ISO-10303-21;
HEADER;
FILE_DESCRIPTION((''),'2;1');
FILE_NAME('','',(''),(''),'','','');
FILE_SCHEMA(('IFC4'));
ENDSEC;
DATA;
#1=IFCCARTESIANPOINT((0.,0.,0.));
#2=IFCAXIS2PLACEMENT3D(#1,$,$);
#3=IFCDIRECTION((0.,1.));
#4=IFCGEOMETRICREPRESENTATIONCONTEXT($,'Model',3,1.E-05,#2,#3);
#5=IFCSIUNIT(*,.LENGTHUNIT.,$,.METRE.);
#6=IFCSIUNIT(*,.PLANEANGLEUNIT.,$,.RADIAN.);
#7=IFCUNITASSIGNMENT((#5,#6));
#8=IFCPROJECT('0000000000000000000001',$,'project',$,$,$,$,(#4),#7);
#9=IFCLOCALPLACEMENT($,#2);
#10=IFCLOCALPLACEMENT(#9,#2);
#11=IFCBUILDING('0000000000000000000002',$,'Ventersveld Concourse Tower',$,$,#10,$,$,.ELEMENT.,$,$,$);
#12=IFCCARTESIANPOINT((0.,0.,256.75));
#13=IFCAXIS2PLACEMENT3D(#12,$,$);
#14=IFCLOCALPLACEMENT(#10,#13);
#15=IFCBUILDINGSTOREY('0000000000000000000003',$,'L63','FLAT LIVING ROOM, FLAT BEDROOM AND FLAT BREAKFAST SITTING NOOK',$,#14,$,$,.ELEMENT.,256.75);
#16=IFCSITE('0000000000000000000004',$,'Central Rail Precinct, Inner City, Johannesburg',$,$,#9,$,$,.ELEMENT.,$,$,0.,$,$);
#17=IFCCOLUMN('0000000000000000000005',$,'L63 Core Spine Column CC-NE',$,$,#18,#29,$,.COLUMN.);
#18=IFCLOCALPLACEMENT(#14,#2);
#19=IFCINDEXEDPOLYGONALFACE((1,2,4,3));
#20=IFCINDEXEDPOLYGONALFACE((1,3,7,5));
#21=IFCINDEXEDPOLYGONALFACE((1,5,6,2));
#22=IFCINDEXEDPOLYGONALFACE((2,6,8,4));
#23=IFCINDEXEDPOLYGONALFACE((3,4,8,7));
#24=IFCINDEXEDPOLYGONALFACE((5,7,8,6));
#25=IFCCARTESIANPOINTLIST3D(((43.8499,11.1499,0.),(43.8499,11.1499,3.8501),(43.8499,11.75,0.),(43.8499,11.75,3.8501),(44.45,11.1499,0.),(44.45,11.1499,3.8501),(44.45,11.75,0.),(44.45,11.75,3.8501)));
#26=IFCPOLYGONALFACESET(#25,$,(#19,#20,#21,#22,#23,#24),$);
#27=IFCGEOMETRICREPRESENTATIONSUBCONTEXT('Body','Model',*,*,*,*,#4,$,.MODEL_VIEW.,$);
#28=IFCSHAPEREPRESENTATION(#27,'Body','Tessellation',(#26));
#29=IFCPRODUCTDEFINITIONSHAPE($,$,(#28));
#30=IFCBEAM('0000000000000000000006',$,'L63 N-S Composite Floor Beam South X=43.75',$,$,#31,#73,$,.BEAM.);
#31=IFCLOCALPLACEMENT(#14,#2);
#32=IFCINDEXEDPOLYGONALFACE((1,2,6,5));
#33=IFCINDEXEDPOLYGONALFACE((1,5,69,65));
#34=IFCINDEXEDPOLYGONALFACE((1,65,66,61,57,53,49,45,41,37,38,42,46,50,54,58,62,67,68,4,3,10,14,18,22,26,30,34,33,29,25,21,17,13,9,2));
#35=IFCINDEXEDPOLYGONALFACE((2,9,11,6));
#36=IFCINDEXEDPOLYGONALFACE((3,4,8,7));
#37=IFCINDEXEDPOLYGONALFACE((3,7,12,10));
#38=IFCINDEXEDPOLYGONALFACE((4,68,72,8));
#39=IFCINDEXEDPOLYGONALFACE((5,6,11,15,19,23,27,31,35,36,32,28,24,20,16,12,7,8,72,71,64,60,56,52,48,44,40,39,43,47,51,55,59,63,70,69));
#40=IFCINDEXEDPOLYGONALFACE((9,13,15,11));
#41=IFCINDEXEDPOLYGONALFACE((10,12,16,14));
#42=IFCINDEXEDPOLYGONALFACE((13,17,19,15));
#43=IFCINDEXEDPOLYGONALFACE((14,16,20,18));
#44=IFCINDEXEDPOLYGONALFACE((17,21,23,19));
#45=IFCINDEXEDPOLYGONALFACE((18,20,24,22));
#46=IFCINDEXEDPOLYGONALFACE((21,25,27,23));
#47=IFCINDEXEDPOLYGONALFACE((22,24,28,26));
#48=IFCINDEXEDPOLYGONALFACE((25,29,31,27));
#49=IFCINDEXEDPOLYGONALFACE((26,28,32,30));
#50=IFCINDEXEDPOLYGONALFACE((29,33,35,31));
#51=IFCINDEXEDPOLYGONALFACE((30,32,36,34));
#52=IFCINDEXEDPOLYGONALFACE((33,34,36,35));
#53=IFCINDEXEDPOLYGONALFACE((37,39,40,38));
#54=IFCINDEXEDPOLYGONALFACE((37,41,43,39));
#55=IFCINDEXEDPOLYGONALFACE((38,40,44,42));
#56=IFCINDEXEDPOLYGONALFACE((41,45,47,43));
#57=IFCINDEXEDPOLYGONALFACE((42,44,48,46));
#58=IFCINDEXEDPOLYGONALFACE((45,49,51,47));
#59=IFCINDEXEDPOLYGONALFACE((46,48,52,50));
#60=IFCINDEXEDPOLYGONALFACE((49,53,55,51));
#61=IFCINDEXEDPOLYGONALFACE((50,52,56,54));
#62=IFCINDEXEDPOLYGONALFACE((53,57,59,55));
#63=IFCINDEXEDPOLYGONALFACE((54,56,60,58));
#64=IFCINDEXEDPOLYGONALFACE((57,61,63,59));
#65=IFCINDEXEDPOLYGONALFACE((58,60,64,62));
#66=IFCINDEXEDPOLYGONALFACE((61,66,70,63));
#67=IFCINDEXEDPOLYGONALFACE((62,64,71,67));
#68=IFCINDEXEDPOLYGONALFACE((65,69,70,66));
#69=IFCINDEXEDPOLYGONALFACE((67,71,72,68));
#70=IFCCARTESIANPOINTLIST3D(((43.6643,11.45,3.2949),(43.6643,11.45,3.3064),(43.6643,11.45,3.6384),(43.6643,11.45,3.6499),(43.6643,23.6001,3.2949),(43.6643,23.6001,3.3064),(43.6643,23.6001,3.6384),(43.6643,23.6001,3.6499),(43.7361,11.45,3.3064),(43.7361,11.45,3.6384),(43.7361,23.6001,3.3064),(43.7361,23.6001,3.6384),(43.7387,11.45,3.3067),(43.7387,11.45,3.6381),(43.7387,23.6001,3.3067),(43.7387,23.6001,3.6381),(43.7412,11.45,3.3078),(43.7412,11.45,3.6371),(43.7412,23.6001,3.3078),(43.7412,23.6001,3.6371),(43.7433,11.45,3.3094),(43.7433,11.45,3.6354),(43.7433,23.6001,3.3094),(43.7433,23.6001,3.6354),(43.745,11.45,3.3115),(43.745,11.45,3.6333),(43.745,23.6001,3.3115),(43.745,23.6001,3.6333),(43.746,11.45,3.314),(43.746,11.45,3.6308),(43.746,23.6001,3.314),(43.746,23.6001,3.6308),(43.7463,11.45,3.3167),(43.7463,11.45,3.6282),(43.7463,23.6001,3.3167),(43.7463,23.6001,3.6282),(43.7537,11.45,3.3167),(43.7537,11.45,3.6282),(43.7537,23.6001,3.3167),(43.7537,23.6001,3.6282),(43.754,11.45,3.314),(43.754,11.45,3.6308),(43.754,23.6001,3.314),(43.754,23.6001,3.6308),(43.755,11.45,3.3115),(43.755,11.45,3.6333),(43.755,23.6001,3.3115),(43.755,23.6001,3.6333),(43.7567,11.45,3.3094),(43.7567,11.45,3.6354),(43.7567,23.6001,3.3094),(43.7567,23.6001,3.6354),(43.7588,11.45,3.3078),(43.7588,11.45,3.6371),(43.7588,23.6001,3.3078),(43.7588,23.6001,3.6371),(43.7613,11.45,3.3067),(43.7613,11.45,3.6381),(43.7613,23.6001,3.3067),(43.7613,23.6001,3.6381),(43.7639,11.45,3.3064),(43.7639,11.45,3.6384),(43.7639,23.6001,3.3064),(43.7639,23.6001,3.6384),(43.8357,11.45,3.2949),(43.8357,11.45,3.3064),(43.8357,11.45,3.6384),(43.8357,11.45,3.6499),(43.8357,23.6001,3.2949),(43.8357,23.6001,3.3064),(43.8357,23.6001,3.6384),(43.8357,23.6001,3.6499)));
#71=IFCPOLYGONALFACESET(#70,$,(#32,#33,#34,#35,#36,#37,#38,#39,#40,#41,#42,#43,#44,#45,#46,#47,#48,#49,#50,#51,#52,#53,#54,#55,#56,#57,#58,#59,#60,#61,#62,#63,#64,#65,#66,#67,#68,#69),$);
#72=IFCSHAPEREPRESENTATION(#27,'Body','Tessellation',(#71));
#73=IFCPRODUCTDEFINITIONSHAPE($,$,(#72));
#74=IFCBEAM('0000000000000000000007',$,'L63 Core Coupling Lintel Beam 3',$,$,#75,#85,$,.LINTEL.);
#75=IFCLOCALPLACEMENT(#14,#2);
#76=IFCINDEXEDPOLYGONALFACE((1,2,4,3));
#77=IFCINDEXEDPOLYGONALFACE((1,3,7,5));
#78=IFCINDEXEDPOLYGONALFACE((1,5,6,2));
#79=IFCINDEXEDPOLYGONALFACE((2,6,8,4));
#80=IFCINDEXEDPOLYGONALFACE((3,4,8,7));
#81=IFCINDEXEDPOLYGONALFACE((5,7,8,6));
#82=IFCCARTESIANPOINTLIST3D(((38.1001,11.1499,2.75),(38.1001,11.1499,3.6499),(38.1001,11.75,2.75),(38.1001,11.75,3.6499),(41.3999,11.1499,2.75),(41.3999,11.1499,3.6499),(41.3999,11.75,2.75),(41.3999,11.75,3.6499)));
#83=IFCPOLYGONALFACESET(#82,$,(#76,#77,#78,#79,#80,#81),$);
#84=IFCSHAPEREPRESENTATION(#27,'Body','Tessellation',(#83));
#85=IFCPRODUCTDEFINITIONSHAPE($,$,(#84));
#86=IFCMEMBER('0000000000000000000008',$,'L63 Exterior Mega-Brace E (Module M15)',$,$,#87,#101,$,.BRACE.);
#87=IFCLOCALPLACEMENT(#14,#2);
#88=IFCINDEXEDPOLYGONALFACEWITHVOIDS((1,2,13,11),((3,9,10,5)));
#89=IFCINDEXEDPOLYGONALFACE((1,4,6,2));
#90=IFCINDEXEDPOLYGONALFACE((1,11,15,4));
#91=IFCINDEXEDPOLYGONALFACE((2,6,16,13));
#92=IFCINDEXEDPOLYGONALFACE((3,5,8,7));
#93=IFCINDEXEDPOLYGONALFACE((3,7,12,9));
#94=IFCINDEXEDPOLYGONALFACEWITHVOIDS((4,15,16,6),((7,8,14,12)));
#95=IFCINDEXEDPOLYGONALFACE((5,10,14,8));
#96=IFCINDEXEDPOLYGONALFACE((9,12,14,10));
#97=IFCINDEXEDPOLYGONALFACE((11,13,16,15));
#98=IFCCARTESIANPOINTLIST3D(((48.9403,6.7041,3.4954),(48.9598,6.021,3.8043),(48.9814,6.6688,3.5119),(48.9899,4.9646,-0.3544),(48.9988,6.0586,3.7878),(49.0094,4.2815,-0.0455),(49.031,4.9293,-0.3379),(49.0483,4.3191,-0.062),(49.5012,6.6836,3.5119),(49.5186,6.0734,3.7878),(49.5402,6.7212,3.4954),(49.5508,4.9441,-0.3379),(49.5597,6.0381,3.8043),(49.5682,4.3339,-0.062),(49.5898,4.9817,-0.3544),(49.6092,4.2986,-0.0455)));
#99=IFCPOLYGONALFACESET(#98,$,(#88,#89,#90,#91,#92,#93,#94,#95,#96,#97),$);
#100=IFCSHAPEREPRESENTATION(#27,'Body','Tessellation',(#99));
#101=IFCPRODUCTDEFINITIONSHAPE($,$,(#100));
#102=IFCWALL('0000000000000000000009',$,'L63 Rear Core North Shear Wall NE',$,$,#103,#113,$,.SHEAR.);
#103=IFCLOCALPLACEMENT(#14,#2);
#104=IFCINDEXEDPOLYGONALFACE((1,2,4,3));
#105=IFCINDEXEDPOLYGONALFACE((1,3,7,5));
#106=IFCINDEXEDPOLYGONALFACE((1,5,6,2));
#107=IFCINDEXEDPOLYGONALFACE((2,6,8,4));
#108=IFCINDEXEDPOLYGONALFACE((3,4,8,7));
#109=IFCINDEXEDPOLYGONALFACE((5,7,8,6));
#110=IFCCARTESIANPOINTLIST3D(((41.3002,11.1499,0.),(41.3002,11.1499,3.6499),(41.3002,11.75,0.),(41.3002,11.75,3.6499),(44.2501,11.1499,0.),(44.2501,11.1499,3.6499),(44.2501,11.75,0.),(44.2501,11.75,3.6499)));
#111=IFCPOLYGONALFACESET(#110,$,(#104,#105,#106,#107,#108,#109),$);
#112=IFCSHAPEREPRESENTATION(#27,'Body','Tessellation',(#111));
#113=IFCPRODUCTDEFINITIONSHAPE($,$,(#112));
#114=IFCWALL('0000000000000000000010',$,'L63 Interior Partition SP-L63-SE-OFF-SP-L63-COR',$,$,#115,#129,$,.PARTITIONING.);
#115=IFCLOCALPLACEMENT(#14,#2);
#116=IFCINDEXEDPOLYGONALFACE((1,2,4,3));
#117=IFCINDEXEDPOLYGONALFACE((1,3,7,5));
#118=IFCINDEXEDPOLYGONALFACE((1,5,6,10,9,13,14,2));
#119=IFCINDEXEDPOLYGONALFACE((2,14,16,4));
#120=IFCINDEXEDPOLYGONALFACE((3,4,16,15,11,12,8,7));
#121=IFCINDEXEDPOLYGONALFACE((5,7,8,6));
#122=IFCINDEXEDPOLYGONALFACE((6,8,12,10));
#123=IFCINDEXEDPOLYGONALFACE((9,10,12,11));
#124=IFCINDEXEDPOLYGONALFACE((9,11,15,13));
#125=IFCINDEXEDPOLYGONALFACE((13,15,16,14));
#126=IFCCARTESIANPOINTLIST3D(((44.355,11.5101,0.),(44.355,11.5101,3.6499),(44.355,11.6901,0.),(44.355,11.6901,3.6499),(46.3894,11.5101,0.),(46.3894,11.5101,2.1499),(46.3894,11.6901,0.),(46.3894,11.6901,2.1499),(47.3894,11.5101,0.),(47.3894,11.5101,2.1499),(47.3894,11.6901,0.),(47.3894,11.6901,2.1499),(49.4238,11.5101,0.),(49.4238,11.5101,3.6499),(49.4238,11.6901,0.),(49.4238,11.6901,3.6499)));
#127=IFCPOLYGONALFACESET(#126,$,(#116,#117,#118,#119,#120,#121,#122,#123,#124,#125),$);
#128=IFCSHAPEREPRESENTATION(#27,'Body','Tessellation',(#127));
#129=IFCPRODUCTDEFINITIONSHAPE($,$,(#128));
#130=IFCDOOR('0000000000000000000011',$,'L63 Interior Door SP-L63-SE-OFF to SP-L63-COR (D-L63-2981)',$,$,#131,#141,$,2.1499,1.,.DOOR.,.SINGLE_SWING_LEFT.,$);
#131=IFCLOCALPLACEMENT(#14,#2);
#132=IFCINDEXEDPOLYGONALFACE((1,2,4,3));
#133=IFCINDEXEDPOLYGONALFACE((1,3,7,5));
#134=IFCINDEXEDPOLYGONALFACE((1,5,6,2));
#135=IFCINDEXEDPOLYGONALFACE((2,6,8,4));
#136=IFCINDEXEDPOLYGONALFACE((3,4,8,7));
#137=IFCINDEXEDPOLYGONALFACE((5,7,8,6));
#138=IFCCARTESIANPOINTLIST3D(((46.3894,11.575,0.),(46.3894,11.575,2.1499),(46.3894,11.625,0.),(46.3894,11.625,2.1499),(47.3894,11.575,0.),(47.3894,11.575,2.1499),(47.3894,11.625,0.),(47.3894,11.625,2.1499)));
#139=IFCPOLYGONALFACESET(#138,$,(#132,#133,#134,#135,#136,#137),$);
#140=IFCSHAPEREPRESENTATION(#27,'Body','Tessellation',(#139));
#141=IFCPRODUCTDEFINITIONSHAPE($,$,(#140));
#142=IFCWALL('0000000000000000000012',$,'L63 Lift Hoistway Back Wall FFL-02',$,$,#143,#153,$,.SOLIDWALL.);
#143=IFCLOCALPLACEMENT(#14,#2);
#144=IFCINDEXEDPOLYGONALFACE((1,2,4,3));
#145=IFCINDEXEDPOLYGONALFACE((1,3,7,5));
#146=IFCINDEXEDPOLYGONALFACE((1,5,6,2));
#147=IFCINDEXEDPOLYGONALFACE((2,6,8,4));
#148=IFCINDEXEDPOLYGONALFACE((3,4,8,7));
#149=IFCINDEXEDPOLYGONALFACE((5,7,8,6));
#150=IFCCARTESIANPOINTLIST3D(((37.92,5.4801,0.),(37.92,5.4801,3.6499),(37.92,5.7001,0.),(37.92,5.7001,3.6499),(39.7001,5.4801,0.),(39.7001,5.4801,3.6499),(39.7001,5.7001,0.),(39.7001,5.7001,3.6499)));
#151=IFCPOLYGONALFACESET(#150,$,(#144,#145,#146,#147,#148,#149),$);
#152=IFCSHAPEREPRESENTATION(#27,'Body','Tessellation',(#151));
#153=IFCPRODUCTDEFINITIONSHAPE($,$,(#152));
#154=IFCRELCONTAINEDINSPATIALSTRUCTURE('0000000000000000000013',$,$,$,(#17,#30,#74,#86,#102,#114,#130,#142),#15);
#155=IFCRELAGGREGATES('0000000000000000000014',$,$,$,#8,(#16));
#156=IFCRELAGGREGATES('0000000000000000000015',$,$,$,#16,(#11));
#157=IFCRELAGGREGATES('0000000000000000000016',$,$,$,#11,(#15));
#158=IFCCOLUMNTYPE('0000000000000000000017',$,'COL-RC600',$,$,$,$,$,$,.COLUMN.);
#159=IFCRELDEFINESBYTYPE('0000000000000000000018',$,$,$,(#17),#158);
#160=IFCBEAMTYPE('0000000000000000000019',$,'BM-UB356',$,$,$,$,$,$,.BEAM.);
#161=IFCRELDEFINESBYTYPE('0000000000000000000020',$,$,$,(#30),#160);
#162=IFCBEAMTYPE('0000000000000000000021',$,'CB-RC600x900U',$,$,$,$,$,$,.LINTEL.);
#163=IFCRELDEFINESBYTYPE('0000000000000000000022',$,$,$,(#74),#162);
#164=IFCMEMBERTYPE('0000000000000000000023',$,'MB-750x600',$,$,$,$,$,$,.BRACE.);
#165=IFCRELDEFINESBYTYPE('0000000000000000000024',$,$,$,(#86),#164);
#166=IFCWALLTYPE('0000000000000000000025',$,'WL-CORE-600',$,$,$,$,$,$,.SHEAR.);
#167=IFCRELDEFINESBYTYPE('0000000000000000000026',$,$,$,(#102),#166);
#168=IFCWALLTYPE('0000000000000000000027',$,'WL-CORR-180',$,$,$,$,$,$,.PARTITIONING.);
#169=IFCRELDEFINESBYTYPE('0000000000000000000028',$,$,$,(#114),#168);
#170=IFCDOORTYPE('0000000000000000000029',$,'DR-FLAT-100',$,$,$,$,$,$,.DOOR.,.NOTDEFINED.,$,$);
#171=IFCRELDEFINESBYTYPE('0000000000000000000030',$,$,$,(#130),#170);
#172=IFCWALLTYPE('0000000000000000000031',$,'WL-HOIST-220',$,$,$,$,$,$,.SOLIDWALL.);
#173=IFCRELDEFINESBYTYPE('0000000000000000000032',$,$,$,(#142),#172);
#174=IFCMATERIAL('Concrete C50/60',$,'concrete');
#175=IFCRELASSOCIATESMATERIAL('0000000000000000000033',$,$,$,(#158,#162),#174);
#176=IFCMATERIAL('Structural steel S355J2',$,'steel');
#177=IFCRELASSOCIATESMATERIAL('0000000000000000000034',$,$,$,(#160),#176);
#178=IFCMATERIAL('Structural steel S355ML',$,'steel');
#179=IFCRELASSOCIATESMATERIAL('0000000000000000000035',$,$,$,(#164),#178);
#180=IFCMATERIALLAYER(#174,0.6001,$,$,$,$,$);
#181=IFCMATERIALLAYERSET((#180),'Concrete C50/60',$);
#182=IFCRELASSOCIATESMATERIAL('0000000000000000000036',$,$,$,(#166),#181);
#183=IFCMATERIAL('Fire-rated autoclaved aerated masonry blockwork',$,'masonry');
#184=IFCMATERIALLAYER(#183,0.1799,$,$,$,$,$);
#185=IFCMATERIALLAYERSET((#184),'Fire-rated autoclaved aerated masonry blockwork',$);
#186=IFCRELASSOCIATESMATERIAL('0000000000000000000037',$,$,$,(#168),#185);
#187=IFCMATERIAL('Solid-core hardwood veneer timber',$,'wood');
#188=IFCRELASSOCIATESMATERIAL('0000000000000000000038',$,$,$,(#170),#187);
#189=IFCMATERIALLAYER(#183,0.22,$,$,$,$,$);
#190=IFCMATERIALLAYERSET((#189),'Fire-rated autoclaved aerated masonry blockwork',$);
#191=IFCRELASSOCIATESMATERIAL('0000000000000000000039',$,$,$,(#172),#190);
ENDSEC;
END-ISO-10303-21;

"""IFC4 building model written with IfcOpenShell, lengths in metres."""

from ifc_helpers import new_model, si_unit, direction, frame, frame_2d, origin, origin_2d, place, context, subcontext, project, spatial, rectangle, hollow_rectangle, i_section, extrude, material, layer, layer_set, material_profile, profile_set, type_object, element, fill, save


model = new_model("IFC4")

# Units and contexts
model_context = context("Model", 3, precision=1e-05, world=origin(), true_north=direction((0.0, 1.0)))
body_context = subcontext(model_context, "Body", "Model", "MODEL_VIEW")
ifc_project = project(units=[si_unit("LENGTHUNIT", "METRE"), si_unit("PLANEANGLEUNIT", "RADIAN")], contexts=[model_context])

# Site, building, storey
site_placement = place(None, origin())
site = spatial("IfcSite", under=ifc_project, at=site_placement, Name="Central Rail Precinct, Inner City, Johannesburg", CompositionType="ELEMENT", RefElevation=0.0)
building_placement = place(site_placement, origin())
building = spatial("IfcBuilding", under=site, at=building_placement, Name="Ventersveld Concourse Tower", CompositionType="ELEMENT")
storey_placement = place(building_placement, frame((0.0, 0.0, 256.75)))
storey = spatial("IfcBuildingStorey", under=building, at=storey_placement, Name="L63", Description="FLAT LIVING ROOM, FLAT BEDROOM AND FLAT BREAKFAST SITTING NOOK", CompositionType="ELEMENT", Elevation=256.75)

# Column
ifc_material_1 = material(Name="Concrete C50/60", Category="concrete")
ifc_material_profile_1 = material_profile(ifc_material_1, rectangle(XDim=0.6001, YDim=0.6001, at=origin_2d()), Name="RC 600x600")
ifc_profile_set_1 = profile_set([ifc_material_profile_1], Name="Concrete C50/60")
column_type = type_object("IfcColumnType", Name="COL-RC600", PredefinedType="COLUMN", material=ifc_profile_set_1)
column_placement = place(storey_placement, frame((44.1499, 11.45, 0.0), z_axis=(0.0, 0.0, 1.0), x_axis=(1.0, 0.0, 0.0)))
element("IfcColumn", 1, at=column_placement, inside=storey, type_object=column_type, Name="L63 Core Spine Column CC-NE", PredefinedType="COLUMN", context=body_context, shape_type="SweptSolid", body=[
    extrude(rectangle(XDim=0.6001, YDim=0.6001, at=origin_2d()), origin(), (0.0, 0.0, 1.0), 3.8501),
])

# Beams
ifc_material_2 = material(Name="Structural steel S355J2", Category="steel")
ifc_material_profile_2 = material_profile(ifc_material_2, i_section(OverallWidth=0.1714, OverallDepth=0.355, WebThickness=0.0073, FlangeThickness=0.0115, FilletRadius=0.0103, at=origin_2d()), Name="UB 356x171x51")
ifc_profile_set_2 = profile_set([ifc_material_profile_2], Name="Structural steel S355J2")
beam_type_1 = type_object("IfcBeamType", Name="BM-UB356", PredefinedType="BEAM", material=ifc_profile_set_2)
beam_1_placement = place(storey_placement, frame((43.75, 11.45, 3.4724), z_axis=(0.0, 1.0, 0.0), x_axis=(-1.0, 0.0, 0.0)))
element("IfcBeam", 2, at=beam_1_placement, inside=storey, type_object=beam_type_1, Name="L63 N-S Composite Floor Beam South X=43.75", PredefinedType="BEAM", context=body_context, shape_type="SweptSolid", body=[
    extrude(i_section(OverallWidth=0.1714, OverallDepth=0.355, WebThickness=0.0073, FlangeThickness=0.0115, FilletRadius=0.0103, at=origin_2d()), origin(), (0.0, 0.0, 1.0), 12.1501),
])
ifc_material_profile_3 = material_profile(ifc_material_1, rectangle(XDim=0.6001, YDim=0.8999, at=origin_2d()), Name="RC 600x900")
ifc_profile_set_3 = profile_set([ifc_material_profile_3], Name="Concrete C50/60")
beam_type_2 = type_object("IfcBeamType", Name="CB-RC600x900U", PredefinedType="LINTEL", material=ifc_profile_set_3)
beam_2_placement = place(storey_placement, frame((38.1001, 11.45, 3.2), z_axis=(1.0, 0.0, 0.0), x_axis=(0.0, 1.0, 0.0)))
element("IfcBeam", 3, at=beam_2_placement, inside=storey, type_object=beam_type_2, Name="L63 Core Coupling Lintel Beam 3", PredefinedType="LINTEL", context=body_context, shape_type="SweptSolid", body=[
    extrude(rectangle(XDim=0.6001, YDim=0.8999, at=origin_2d()), origin(), (0.0, 0.0, 1.0), 3.2998),
])

# Member
ifc_material_3 = material(Name="Structural steel S355ML", Category="steel")
ifc_material_profile_4 = material_profile(ifc_material_3, hollow_rectangle(XDim=0.6001, YDim=0.75, WallThickness=0.04, at=origin_2d()), Name="BOX 750x600x40")
ifc_profile_set_4 = profile_set([ifc_material_profile_4], Name="Structural steel S355ML")
member_type = type_object("IfcMemberType", Name="MB-750x600", PredefinedType="BRACE", material=ifc_profile_set_4)
member_placement = place(storey_placement, frame((49.2996, 4.6316, -0.2), z_axis=(-0.011731, 0.411727, 0.911232), x_axis=(-0.999594, -0.02848, 0.0)))
element("IfcMember", 4, at=member_placement, inside=storey, type_object=member_type, Name="L63 Exterior Mega-Brace E (Module M15)", PredefinedType="BRACE", context=body_context, shape_type="SweptSolid", body=[
    extrude(hollow_rectangle(XDim=0.6001, YDim=0.75, WallThickness=0.04, at=origin_2d()), origin(), (0.0, 0.0, 1.0), 4.2249),
])

# Wall
ifc_layer_1 = layer(ifc_material_1, 0.6001)
ifc_layer_set_1 = layer_set([ifc_layer_1], Name="Concrete C50/60")
wall_type_1 = type_object("IfcWallType", Name="WL-CORE-600", PredefinedType="SHEAR", material=ifc_layer_set_1)
wall_1_placement = place(storey_placement, frame((41.3, 11.45, 0.0), z_axis=(0.0, 0.0, 1.0), x_axis=(1.0, 0.0, 0.0)))
element("IfcWall", 5, at=wall_1_placement, inside=storey, type_object=wall_type_1, Name="L63 Rear Core North Shear Wall NE", PredefinedType="SHEAR", context=body_context, shape_type="SweptSolid", body=[
    extrude(rectangle(XDim=2.95, YDim=0.6001, at=frame_2d((1.4751, 0.0))), origin(), (0.0, 0.0, 1.0), 3.6499),
])

# Wall, opening, door
ifc_material_4 = material(Name="Fire-rated autoclaved aerated masonry blockwork", Category="masonry")
ifc_layer_2 = layer(ifc_material_4, 0.1799)
ifc_layer_set_2 = layer_set([ifc_layer_2], Name="Fire-rated autoclaved aerated masonry blockwork")
wall_type_2 = type_object("IfcWallType", Name="WL-CORR-180", PredefinedType="PARTITIONING", material=ifc_layer_set_2)
wall_2_placement = place(storey_placement, frame((44.355, 11.6001, 0.0), z_axis=(0.0, 0.0, 1.0), x_axis=(1.0, 0.0, 0.0)))
wall_2 = element("IfcWall", 6, at=wall_2_placement, inside=storey, type_object=wall_type_2, Name="L63 Interior Partition SP-L63-SE-OFF-SP-L63-COR", PredefinedType="PARTITIONING", context=body_context, shape_type="SweptSolid", body=[
    extrude(rectangle(XDim=5.0688, YDim=0.1799, at=frame_2d((2.5344, 0.0))), origin(), (0.0, 0.0, 1.0), 3.6499),
])
opening_1_placement = place(wall_2_placement, frame((2.0344, 0.0, 0.0)))
opening_1 = element("IfcOpeningElement", 7, at=opening_1_placement, cuts=wall_2, PredefinedType="OPENING", context=body_context, shape_type="SweptSolid", body=[
    extrude(rectangle(XDim=1.0, YDim=2.1499, at=frame_2d((0.5, 1.075))), frame((0.0, 0.1001, 0.0), z_axis=(0.0, -1.0, 0.0), x_axis=(1.0, 0.0, 0.0)), (0.0, 0.0, 1.0), 0.2),
])
ifc_material_5 = material(Name="Solid-core hardwood veneer timber", Category="wood")
door_type_1 = type_object("IfcDoorType", Name="DR-FLAT-100", OperationType="NOTDEFINED", PredefinedType="DOOR", material=ifc_material_5)
door_1_placement = place(opening_1_placement, origin())
door_1 = element("IfcDoor", 8, at=door_1_placement, inside=storey, type_object=door_type_1, Name="L63 Interior Door SP-L63-SE-OFF to SP-L63-COR (D-L63-2981)", OperationType="SINGLE_SWING_LEFT", OverallHeight=2.1499, OverallWidth=1.0, PredefinedType="DOOR", context=body_context, shape_type="SweptSolid", body=[
    extrude(rectangle(XDim=1.0, YDim=2.1499, at=frame_2d((0.5, 1.075))), frame((0.0, 0.0249, 0.0), z_axis=(0.0, -1.0, 0.0), x_axis=(1.0, 0.0, 0.0)), (0.0, 0.0, 1.0), 0.05),
])
fill(opening_1, door_1)

# Wall
ifc_layer_3 = layer(ifc_material_4, 0.22)
ifc_layer_set_3 = layer_set([ifc_layer_3], Name="Fire-rated autoclaved aerated masonry blockwork")
wall_type_3 = type_object("IfcWallType", Name="WL-HOIST-220", PredefinedType="SOLIDWALL", material=ifc_layer_set_3)
wall_3_placement = place(storey_placement, frame((37.9199, 5.5901, 0.0), z_axis=(0.0, 0.0, 1.0), x_axis=(1.0, 0.0, 0.0)))
element("IfcWall", 9, at=wall_3_placement, inside=storey, type_object=wall_type_3, Name="L63 Lift Hoistway Back Wall FFL-02", PredefinedType="SOLIDWALL", context=body_context, shape_type="SweptSolid", body=[
    extrude(rectangle(XDim=1.78, YDim=0.22, at=frame_2d((0.8901, 0.0))), origin(), (0.0, 0.0, 1.0), 3.6499),
])

save(model, "model.ifc")
